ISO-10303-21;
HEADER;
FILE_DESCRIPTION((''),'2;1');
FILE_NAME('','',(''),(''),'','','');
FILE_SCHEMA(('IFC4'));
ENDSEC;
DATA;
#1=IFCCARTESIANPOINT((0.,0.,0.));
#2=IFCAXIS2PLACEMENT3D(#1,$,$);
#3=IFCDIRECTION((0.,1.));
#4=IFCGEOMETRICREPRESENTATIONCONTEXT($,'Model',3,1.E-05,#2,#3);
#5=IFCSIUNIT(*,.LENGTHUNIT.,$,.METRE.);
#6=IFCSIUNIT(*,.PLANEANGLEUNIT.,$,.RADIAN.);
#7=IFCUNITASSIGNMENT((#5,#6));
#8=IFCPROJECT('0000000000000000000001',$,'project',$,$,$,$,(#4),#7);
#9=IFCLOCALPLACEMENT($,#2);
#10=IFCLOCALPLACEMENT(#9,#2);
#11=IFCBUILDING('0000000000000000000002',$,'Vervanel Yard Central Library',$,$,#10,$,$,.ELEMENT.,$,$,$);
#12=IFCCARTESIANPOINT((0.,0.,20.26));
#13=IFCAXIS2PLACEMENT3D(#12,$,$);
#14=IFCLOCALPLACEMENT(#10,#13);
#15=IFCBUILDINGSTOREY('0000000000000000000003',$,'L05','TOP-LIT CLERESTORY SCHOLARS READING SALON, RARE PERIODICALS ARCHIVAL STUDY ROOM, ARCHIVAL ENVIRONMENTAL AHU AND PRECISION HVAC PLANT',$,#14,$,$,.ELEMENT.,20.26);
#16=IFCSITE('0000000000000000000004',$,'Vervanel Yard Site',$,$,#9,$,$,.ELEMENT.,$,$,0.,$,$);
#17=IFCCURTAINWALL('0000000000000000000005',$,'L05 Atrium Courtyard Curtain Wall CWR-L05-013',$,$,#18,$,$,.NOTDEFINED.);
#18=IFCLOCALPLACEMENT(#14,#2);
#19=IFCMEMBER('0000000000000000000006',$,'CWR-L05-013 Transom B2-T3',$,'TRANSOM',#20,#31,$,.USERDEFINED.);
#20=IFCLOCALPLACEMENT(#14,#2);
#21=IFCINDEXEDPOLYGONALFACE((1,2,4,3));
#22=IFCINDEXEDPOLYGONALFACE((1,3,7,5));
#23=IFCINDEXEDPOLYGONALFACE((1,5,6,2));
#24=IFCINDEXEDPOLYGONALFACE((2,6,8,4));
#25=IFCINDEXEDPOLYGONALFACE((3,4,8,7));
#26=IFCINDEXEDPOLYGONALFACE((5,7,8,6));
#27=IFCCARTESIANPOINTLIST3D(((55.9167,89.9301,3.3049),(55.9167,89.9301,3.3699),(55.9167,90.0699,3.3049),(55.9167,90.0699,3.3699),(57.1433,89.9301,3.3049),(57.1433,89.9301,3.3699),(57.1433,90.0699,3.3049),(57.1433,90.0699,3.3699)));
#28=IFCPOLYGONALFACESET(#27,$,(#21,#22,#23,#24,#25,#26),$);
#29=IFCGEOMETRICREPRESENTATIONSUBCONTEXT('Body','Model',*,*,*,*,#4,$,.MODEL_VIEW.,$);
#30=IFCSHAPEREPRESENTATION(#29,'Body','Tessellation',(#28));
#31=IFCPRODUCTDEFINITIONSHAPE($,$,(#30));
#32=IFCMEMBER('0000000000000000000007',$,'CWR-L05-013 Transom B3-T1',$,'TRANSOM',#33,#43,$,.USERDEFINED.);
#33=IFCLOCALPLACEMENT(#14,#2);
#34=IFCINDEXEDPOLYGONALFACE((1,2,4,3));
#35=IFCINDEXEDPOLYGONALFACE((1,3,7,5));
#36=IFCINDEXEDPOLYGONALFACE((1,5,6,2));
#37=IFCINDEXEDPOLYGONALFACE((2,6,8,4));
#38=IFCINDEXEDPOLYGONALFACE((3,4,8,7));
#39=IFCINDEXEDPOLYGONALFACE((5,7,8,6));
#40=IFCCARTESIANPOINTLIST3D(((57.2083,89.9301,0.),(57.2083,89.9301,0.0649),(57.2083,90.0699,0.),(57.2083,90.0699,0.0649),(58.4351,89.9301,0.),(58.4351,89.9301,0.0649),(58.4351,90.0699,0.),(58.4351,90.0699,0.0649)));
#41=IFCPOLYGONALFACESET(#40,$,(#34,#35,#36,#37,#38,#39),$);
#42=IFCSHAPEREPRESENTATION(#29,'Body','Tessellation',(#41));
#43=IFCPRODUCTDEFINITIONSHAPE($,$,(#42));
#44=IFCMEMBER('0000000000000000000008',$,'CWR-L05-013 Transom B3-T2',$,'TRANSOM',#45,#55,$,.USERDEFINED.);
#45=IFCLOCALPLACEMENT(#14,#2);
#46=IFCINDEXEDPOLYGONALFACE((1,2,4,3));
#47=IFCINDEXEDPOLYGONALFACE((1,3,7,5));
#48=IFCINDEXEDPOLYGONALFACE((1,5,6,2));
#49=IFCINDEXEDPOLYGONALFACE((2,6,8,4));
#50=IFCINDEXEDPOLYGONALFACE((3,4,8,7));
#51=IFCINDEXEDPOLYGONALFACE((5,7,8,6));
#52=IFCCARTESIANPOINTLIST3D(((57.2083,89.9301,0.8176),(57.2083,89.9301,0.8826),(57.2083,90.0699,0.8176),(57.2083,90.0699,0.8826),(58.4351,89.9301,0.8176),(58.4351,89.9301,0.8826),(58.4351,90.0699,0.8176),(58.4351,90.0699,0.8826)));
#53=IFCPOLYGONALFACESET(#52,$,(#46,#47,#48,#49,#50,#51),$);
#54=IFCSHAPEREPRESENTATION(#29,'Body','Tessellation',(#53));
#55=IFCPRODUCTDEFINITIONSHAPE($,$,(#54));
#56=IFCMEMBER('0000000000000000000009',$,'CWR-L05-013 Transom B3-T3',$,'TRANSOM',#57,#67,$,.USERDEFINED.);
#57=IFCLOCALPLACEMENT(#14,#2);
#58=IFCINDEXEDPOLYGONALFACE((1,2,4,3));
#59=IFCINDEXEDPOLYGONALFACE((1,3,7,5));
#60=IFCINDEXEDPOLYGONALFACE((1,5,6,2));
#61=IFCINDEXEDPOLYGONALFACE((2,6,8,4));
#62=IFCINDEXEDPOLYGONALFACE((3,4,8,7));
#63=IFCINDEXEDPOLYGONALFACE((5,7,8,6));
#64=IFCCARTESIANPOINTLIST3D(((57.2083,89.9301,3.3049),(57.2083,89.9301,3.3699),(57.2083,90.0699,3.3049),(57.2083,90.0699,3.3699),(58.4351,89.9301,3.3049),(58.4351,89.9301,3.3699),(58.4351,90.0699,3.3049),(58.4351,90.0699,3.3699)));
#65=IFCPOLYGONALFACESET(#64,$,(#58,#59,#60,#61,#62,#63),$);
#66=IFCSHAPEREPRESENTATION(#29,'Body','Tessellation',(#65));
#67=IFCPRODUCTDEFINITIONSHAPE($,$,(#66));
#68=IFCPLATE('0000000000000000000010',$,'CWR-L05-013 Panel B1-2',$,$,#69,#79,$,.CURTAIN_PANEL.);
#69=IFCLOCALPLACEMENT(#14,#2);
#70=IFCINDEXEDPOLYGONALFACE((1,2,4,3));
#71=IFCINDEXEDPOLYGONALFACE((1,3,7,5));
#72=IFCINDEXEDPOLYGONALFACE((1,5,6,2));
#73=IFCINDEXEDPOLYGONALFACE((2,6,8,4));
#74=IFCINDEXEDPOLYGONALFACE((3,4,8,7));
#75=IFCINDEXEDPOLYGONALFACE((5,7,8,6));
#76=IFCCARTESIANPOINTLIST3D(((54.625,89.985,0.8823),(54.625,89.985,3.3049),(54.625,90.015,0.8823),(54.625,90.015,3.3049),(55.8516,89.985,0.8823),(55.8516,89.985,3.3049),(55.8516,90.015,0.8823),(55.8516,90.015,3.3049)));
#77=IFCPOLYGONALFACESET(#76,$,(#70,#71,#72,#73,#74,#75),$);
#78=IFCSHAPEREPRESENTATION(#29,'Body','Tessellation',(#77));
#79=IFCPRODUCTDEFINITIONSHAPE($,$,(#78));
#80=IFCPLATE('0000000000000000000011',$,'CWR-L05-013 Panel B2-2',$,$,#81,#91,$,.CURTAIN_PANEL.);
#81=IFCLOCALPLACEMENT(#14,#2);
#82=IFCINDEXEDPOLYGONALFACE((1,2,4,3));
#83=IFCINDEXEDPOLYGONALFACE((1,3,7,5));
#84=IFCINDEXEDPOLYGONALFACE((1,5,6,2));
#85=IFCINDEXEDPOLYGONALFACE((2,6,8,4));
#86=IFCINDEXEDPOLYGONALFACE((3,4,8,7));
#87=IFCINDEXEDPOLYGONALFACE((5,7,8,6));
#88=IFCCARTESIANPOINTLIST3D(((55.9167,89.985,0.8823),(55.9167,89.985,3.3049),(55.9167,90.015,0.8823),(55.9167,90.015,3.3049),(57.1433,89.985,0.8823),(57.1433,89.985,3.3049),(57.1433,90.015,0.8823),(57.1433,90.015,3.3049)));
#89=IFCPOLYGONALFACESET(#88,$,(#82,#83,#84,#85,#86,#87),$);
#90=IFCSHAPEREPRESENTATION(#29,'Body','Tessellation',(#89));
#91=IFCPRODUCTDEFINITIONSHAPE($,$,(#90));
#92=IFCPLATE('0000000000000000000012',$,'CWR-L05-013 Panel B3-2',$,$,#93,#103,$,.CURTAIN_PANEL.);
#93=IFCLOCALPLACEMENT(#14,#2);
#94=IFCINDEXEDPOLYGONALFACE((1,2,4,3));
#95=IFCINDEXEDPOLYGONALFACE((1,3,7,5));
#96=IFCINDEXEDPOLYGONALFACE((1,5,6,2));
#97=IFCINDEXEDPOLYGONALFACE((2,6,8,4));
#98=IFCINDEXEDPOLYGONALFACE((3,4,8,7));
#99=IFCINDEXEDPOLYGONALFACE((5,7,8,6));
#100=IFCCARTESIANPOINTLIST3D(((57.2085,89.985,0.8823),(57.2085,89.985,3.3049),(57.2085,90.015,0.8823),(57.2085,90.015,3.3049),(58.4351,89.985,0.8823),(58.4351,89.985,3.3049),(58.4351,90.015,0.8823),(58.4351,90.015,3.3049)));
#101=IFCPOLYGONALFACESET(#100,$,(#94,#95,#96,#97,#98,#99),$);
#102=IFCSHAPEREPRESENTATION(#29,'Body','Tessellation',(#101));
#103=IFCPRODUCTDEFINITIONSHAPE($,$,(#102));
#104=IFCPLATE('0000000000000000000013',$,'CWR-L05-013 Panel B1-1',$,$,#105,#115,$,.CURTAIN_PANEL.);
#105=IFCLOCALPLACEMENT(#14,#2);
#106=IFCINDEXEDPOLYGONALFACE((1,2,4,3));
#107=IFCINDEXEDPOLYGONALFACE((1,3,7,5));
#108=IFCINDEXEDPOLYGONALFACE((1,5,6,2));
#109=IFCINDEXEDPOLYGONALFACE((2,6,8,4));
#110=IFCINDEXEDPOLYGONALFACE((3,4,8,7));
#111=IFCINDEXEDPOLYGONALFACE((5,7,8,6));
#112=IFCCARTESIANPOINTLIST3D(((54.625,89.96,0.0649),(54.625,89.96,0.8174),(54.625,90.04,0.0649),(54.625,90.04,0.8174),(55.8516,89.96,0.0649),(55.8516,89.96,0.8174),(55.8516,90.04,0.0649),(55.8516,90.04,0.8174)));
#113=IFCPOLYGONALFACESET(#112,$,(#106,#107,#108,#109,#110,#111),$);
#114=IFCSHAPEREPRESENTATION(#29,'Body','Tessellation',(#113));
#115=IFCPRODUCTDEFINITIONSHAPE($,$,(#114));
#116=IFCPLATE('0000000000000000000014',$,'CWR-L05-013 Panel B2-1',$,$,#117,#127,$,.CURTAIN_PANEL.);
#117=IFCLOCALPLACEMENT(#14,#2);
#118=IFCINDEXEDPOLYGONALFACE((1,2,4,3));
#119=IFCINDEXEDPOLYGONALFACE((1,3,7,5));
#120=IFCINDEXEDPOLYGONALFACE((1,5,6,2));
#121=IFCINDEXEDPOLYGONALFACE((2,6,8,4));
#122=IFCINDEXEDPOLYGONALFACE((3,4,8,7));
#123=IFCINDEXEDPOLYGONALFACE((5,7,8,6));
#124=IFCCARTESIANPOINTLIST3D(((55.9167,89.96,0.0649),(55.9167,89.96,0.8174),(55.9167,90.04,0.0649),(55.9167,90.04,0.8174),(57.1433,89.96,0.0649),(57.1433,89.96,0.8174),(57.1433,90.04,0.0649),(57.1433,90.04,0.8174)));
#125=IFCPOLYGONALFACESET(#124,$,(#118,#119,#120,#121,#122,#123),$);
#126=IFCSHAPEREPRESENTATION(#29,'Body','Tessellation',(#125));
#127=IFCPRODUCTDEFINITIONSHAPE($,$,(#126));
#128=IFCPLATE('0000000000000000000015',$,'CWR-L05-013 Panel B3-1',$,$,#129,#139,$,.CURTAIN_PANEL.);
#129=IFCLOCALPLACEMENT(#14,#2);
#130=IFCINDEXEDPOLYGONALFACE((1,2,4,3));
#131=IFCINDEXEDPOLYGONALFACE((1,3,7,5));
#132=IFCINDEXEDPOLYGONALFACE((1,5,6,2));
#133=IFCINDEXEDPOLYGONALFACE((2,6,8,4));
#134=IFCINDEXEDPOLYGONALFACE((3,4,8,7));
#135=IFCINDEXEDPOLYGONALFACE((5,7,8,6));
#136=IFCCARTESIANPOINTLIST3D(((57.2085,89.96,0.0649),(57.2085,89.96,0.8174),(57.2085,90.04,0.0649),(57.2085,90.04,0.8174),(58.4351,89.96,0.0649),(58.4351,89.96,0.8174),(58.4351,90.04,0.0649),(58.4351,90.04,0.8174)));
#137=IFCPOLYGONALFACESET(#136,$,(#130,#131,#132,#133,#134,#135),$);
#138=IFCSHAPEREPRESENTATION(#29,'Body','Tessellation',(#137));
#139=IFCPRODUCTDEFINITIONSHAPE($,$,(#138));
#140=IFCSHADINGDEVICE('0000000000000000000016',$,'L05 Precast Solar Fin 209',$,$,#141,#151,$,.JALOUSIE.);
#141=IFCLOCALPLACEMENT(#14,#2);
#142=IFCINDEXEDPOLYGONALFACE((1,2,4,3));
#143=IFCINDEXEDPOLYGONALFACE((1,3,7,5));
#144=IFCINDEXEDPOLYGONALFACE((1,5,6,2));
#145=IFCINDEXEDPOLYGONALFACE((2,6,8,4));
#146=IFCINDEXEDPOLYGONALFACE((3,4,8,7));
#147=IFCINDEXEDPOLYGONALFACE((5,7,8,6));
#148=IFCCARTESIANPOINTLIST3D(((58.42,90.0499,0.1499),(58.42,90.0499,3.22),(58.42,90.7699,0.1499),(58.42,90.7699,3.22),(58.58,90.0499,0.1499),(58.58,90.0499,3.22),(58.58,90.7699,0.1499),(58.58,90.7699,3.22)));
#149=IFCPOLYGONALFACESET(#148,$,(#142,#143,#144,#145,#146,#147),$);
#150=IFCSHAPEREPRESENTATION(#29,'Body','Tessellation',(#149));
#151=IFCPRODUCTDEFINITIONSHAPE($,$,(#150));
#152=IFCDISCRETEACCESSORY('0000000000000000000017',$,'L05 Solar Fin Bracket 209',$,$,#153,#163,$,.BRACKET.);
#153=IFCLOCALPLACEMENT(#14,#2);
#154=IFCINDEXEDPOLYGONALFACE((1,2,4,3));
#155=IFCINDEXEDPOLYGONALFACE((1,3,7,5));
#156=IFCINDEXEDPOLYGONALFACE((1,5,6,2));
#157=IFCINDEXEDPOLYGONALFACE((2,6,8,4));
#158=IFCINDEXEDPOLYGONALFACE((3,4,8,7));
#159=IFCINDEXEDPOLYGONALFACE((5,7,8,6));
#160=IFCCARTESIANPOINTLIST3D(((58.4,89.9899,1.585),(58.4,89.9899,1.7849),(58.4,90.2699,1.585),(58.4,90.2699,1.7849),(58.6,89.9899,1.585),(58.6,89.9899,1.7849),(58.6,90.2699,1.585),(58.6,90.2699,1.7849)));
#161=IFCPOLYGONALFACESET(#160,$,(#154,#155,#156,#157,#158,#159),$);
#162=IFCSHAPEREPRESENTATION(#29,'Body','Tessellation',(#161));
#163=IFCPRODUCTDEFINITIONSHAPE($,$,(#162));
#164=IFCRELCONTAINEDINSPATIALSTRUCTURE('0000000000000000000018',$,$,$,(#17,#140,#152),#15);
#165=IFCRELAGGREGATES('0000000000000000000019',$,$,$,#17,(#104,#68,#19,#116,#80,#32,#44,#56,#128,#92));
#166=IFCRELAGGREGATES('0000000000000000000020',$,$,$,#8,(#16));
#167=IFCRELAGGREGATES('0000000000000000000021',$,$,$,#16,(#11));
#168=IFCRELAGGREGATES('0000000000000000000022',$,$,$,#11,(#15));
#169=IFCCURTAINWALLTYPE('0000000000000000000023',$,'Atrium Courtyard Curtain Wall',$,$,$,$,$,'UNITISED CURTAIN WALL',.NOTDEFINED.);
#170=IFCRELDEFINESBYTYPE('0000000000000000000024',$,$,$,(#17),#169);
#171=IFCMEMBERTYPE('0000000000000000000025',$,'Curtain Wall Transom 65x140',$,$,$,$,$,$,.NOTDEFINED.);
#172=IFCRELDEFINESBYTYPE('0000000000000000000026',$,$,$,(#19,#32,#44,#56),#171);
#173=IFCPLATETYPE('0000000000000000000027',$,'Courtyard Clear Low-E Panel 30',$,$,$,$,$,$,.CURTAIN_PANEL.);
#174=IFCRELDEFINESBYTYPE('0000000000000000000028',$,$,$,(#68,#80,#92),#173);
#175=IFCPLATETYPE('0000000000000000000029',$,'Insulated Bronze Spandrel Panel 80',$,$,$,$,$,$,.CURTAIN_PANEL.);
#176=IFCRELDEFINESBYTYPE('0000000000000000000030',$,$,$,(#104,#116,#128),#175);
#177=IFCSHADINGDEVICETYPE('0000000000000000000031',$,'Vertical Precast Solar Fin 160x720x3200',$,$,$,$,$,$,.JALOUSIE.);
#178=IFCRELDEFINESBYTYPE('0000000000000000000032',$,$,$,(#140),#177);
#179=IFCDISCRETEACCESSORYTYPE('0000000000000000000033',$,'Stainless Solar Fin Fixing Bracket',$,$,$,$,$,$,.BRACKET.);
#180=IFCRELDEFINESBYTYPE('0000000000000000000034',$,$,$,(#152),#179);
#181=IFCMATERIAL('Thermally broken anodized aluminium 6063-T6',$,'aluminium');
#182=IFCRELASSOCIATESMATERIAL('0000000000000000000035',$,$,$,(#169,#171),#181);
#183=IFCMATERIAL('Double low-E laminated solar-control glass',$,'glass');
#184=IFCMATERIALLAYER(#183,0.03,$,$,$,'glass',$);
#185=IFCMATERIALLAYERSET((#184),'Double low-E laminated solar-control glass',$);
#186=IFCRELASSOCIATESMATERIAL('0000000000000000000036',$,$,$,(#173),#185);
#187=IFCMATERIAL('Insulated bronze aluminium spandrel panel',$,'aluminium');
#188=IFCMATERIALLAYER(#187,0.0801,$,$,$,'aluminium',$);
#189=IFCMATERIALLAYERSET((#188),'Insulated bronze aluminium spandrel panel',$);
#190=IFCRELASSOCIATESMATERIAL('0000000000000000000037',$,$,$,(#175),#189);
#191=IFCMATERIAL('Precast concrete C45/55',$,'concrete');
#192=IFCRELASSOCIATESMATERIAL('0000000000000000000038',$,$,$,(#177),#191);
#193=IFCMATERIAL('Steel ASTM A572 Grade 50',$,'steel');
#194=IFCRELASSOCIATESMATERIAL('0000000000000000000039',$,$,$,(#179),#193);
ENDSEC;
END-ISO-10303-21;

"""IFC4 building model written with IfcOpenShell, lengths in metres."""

from ifc_helpers import new_model, si_unit, direction, frame, origin, origin_2d, place, context, subcontext, project, spatial, rectangle, extrude, material, layer, layer_set, material_profile, profile_set, type_object, element, aggregate, save


model = new_model("IFC4")

# Units and contexts
model_context = context("Model", 3, precision=1e-05, world=origin(), true_north=direction((0.0, 1.0)))
body_context = subcontext(model_context, "Body", "Model", "MODEL_VIEW")
ifc_project = project(units=[si_unit("LENGTHUNIT", "METRE"), si_unit("PLANEANGLEUNIT", "RADIAN")], contexts=[model_context])

# Site, building, storey
site_placement = place(None, origin())
site = spatial("IfcSite", under=ifc_project, at=site_placement, Name="Vervanel Yard Site", CompositionType="ELEMENT", RefElevation=0.0)
building_placement = place(site_placement, origin())
building = spatial("IfcBuilding", under=site, at=building_placement, Name="Vervanel Yard Central Library", CompositionType="ELEMENT")
storey_placement = place(building_placement, frame((0.0, 0.0, 20.26)))
storey = spatial("IfcBuildingStorey", under=building, at=storey_placement, Name="L05", Description="TOP-LIT CLERESTORY SCHOLARS READING SALON, RARE PERIODICALS ARCHIVAL STUDY ROOM, ARCHIVAL ENVIRONMENTAL AHU AND PRECISION HVAC PLANT", CompositionType="ELEMENT", Elevation=20.26)

# Curtain wall
ifc_material_1 = material(Name="Thermally broken anodized aluminium 6063-T6", Category="aluminium")
curtain_wall_type = type_object("IfcCurtainWallType", Name="Atrium Courtyard Curtain Wall", ElementType="UNITISED CURTAIN WALL", PredefinedType="NOTDEFINED", material=ifc_material_1)
curtain_wall_1_placement = place(storey_placement, origin())
curtain_wall_1 = element("IfcCurtainWall", 1, at=curtain_wall_1_placement, inside=storey, type_object=curtain_wall_type, Name="L05 Atrium Courtyard Curtain Wall CWR-L05-013", PredefinedType="NOTDEFINED")

# Members
ifc_material_profile_1 = material_profile(ifc_material_1, rectangle(XDim=0.0649, YDim=0.1399, at=origin_2d()), Name="ALU 65x140", Category="aluminium")
ifc_profile_set_1 = profile_set([ifc_material_profile_1], Name="Thermally broken anodized aluminium 6063-T6")
member_type_1 = type_object("IfcMemberType", Name="Curtain Wall Transom 65x140", PredefinedType="NOTDEFINED", material=ifc_profile_set_1)
member_1_placement = place(storey_placement, frame((55.9167, 90.0, 3.3374), z_axis=(1.0, 0.0, 0.0), x_axis=(0.0, 0.0, 1.0)))
member_1 = element("IfcMember", 2, at=member_1_placement, type_object=member_type_1, Name="CWR-L05-013 Transom B2-T3", ObjectType="TRANSOM", PredefinedType="USERDEFINED", context=body_context, shape_type="SweptSolid", body=[
    extrude(rectangle(XDim=0.0649, YDim=0.1399, at=origin_2d()), origin(), (0.0, 0.0, 1.0), 1.2266),
])
member_2_placement = place(storey_placement, frame((57.2083, 90.0, 0.0325), z_axis=(1.0, 0.0, 0.0), x_axis=(0.0, 0.0, 1.0)))
member_2 = element("IfcMember", 3, at=member_2_placement, type_object=member_type_1, Name="CWR-L05-013 Transom B3-T1", ObjectType="TRANSOM", PredefinedType="USERDEFINED", context=body_context, shape_type="SweptSolid", body=[
    extrude(rectangle(XDim=0.0649, YDim=0.1399, at=origin_2d()), origin(), (0.0, 0.0, 1.0), 1.2268),
])
member_3_placement = place(storey_placement, frame((57.2083, 90.0, 0.8501), z_axis=(1.0, 0.0, 0.0), x_axis=(0.0, 0.0, 1.0)))
member_3 = element("IfcMember", 4, at=member_3_placement, type_object=member_type_1, Name="CWR-L05-013 Transom B3-T2", ObjectType="TRANSOM", PredefinedType="USERDEFINED", context=body_context, shape_type="SweptSolid", body=[
    extrude(rectangle(XDim=0.0649, YDim=0.1399, at=origin_2d()), origin(), (0.0, 0.0, 1.0), 1.2268),
])
member_4_placement = place(storey_placement, frame((57.2083, 90.0, 3.3374), z_axis=(1.0, 0.0, 0.0), x_axis=(0.0, 0.0, 1.0)))
member_4 = element("IfcMember", 5, at=member_4_placement, type_object=member_type_1, Name="CWR-L05-013 Transom B3-T3", ObjectType="TRANSOM", PredefinedType="USERDEFINED", context=body_context, shape_type="SweptSolid", body=[
    extrude(rectangle(XDim=0.0649, YDim=0.1399, at=origin_2d()), origin(), (0.0, 0.0, 1.0), 1.2268),
])

# Plates
ifc_material_2 = material(Name="Double low-E laminated solar-control glass", Category="glass")
ifc_layer_1 = layer(ifc_material_2, 0.03, Category="glass")
ifc_layer_set_1 = layer_set([ifc_layer_1], Name="Double low-E laminated solar-control glass")
plate_type_1 = type_object("IfcPlateType", Name="Courtyard Clear Low-E Panel 30", PredefinedType="CURTAIN_PANEL", material=ifc_layer_set_1)
plate_1_placement = place(storey_placement, frame((55.2383, 90.0, 0.8823), z_axis=(0.0, 0.0, 1.0), x_axis=(1.0, 0.0, 0.0)))
plate_1 = element("IfcPlate", 6, at=plate_1_placement, type_object=plate_type_1, Name="CWR-L05-013 Panel B1-2", PredefinedType="CURTAIN_PANEL", context=body_context, shape_type="SweptSolid", body=[
    extrude(rectangle(XDim=1.2266, YDim=0.03, at=origin_2d()), origin(), (0.0, 0.0, 1.0), 2.4226),
])
plate_2_placement = place(storey_placement, frame((56.53, 90.0, 0.8823), z_axis=(0.0, 0.0, 1.0), x_axis=(1.0, 0.0, 0.0)))
plate_2 = element("IfcPlate", 7, at=plate_2_placement, type_object=plate_type_1, Name="CWR-L05-013 Panel B2-2", PredefinedType="CURTAIN_PANEL", context=body_context, shape_type="SweptSolid", body=[
    extrude(rectangle(XDim=1.2266, YDim=0.03, at=origin_2d()), origin(), (0.0, 0.0, 1.0), 2.4226),
])
plate_3_placement = place(storey_placement, frame((57.8218, 90.0, 0.8823), z_axis=(0.0, 0.0, 1.0), x_axis=(1.0, 0.0, 0.0)))
plate_3 = element("IfcPlate", 8, at=plate_3_placement, type_object=plate_type_1, Name="CWR-L05-013 Panel B3-2", PredefinedType="CURTAIN_PANEL", context=body_context, shape_type="SweptSolid", body=[
    extrude(rectangle(XDim=1.2266, YDim=0.03, at=origin_2d()), origin(), (0.0, 0.0, 1.0), 2.4226),
])
ifc_material_3 = material(Name="Insulated bronze aluminium spandrel panel", Category="aluminium")
ifc_layer_2 = layer(ifc_material_3, 0.0801, Category="aluminium")
ifc_layer_set_2 = layer_set([ifc_layer_2], Name="Insulated bronze aluminium spandrel panel")
plate_type_2 = type_object("IfcPlateType", Name="Insulated Bronze Spandrel Panel 80", PredefinedType="CURTAIN_PANEL", material=ifc_layer_set_2)
plate_4_placement = place(storey_placement, frame((55.2383, 90.0, 0.0649), z_axis=(0.0, 0.0, 1.0), x_axis=(1.0, 0.0, 0.0)))
plate_4 = element("IfcPlate", 9, at=plate_4_placement, type_object=plate_type_2, Name="CWR-L05-013 Panel B1-1", PredefinedType="CURTAIN_PANEL", context=body_context, shape_type="SweptSolid", body=[
    extrude(rectangle(XDim=1.2266, YDim=0.0801, at=origin_2d()), origin(), (0.0, 0.0, 1.0), 0.7524),
])
plate_5_placement = place(storey_placement, frame((56.53, 90.0, 0.0649), z_axis=(0.0, 0.0, 1.0), x_axis=(1.0, 0.0, 0.0)))
plate_5 = element("IfcPlate", 10, at=plate_5_placement, type_object=plate_type_2, Name="CWR-L05-013 Panel B2-1", PredefinedType="CURTAIN_PANEL", context=body_context, shape_type="SweptSolid", body=[
    extrude(rectangle(XDim=1.2266, YDim=0.0801, at=origin_2d()), origin(), (0.0, 0.0, 1.0), 0.7524),
])
plate_6_placement = place(storey_placement, frame((57.8218, 90.0, 0.0649), z_axis=(0.0, 0.0, 1.0), x_axis=(1.0, 0.0, 0.0)))
plate_6 = element("IfcPlate", 11, at=plate_6_placement, type_object=plate_type_2, Name="CWR-L05-013 Panel B3-1", PredefinedType="CURTAIN_PANEL", context=body_context, shape_type="SweptSolid", body=[
    extrude(rectangle(XDim=1.2266, YDim=0.0801, at=origin_2d()), origin(), (0.0, 0.0, 1.0), 0.7524),
])
aggregate(curtain_wall_1, [plate_4, plate_1, member_1, plate_5, plate_2, member_2, member_3, member_4, plate_6, plate_3])

# Shading device
ifc_material_4 = material(Name="Precast concrete C45/55", Category="concrete")
shading_device_type = type_object("IfcShadingDeviceType", Name="Vertical Precast Solar Fin 160x720x3200", PredefinedType="JALOUSIE", material=ifc_material_4)
shading_device_placement = place(storey_placement, frame((58.5, 90.4099, 0.1499), z_axis=(0.0, 0.0, 1.0), x_axis=(1.0, 0.0, 0.0)))
element("IfcShadingDevice", 12, at=shading_device_placement, inside=storey, type_object=shading_device_type, Name="L05 Precast Solar Fin 209", PredefinedType="JALOUSIE", context=body_context, shape_type="SweptSolid", body=[
    extrude(rectangle(XDim=0.1599, YDim=0.72, at=origin_2d()), origin(), (0.0, 0.0, 1.0), 3.0701),
])

# Discrete accessory
ifc_material_5 = material(Name="Steel ASTM A572 Grade 50", Category="steel")
discrete_accessory_type = type_object("IfcDiscreteAccessoryType", Name="Stainless Solar Fin Fixing Bracket", PredefinedType="BRACKET", material=ifc_material_5)
discrete_accessory_placement = place(storey_placement, frame((58.5, 90.1299, 1.585), z_axis=(0.0, 0.0, 1.0), x_axis=(1.0, 0.0, 0.0)))
element("IfcDiscreteAccessory", 13, at=discrete_accessory_placement, inside=storey, type_object=discrete_accessory_type, Name="L05 Solar Fin Bracket 209", PredefinedType="BRACKET", context=body_context, shape_type="SweptSolid", body=[
    extrude(rectangle(XDim=0.2, YDim=0.28, at=origin_2d()), origin(), (0.0, 0.0, 1.0), 0.2),
])

save(model, "model.ifc")
